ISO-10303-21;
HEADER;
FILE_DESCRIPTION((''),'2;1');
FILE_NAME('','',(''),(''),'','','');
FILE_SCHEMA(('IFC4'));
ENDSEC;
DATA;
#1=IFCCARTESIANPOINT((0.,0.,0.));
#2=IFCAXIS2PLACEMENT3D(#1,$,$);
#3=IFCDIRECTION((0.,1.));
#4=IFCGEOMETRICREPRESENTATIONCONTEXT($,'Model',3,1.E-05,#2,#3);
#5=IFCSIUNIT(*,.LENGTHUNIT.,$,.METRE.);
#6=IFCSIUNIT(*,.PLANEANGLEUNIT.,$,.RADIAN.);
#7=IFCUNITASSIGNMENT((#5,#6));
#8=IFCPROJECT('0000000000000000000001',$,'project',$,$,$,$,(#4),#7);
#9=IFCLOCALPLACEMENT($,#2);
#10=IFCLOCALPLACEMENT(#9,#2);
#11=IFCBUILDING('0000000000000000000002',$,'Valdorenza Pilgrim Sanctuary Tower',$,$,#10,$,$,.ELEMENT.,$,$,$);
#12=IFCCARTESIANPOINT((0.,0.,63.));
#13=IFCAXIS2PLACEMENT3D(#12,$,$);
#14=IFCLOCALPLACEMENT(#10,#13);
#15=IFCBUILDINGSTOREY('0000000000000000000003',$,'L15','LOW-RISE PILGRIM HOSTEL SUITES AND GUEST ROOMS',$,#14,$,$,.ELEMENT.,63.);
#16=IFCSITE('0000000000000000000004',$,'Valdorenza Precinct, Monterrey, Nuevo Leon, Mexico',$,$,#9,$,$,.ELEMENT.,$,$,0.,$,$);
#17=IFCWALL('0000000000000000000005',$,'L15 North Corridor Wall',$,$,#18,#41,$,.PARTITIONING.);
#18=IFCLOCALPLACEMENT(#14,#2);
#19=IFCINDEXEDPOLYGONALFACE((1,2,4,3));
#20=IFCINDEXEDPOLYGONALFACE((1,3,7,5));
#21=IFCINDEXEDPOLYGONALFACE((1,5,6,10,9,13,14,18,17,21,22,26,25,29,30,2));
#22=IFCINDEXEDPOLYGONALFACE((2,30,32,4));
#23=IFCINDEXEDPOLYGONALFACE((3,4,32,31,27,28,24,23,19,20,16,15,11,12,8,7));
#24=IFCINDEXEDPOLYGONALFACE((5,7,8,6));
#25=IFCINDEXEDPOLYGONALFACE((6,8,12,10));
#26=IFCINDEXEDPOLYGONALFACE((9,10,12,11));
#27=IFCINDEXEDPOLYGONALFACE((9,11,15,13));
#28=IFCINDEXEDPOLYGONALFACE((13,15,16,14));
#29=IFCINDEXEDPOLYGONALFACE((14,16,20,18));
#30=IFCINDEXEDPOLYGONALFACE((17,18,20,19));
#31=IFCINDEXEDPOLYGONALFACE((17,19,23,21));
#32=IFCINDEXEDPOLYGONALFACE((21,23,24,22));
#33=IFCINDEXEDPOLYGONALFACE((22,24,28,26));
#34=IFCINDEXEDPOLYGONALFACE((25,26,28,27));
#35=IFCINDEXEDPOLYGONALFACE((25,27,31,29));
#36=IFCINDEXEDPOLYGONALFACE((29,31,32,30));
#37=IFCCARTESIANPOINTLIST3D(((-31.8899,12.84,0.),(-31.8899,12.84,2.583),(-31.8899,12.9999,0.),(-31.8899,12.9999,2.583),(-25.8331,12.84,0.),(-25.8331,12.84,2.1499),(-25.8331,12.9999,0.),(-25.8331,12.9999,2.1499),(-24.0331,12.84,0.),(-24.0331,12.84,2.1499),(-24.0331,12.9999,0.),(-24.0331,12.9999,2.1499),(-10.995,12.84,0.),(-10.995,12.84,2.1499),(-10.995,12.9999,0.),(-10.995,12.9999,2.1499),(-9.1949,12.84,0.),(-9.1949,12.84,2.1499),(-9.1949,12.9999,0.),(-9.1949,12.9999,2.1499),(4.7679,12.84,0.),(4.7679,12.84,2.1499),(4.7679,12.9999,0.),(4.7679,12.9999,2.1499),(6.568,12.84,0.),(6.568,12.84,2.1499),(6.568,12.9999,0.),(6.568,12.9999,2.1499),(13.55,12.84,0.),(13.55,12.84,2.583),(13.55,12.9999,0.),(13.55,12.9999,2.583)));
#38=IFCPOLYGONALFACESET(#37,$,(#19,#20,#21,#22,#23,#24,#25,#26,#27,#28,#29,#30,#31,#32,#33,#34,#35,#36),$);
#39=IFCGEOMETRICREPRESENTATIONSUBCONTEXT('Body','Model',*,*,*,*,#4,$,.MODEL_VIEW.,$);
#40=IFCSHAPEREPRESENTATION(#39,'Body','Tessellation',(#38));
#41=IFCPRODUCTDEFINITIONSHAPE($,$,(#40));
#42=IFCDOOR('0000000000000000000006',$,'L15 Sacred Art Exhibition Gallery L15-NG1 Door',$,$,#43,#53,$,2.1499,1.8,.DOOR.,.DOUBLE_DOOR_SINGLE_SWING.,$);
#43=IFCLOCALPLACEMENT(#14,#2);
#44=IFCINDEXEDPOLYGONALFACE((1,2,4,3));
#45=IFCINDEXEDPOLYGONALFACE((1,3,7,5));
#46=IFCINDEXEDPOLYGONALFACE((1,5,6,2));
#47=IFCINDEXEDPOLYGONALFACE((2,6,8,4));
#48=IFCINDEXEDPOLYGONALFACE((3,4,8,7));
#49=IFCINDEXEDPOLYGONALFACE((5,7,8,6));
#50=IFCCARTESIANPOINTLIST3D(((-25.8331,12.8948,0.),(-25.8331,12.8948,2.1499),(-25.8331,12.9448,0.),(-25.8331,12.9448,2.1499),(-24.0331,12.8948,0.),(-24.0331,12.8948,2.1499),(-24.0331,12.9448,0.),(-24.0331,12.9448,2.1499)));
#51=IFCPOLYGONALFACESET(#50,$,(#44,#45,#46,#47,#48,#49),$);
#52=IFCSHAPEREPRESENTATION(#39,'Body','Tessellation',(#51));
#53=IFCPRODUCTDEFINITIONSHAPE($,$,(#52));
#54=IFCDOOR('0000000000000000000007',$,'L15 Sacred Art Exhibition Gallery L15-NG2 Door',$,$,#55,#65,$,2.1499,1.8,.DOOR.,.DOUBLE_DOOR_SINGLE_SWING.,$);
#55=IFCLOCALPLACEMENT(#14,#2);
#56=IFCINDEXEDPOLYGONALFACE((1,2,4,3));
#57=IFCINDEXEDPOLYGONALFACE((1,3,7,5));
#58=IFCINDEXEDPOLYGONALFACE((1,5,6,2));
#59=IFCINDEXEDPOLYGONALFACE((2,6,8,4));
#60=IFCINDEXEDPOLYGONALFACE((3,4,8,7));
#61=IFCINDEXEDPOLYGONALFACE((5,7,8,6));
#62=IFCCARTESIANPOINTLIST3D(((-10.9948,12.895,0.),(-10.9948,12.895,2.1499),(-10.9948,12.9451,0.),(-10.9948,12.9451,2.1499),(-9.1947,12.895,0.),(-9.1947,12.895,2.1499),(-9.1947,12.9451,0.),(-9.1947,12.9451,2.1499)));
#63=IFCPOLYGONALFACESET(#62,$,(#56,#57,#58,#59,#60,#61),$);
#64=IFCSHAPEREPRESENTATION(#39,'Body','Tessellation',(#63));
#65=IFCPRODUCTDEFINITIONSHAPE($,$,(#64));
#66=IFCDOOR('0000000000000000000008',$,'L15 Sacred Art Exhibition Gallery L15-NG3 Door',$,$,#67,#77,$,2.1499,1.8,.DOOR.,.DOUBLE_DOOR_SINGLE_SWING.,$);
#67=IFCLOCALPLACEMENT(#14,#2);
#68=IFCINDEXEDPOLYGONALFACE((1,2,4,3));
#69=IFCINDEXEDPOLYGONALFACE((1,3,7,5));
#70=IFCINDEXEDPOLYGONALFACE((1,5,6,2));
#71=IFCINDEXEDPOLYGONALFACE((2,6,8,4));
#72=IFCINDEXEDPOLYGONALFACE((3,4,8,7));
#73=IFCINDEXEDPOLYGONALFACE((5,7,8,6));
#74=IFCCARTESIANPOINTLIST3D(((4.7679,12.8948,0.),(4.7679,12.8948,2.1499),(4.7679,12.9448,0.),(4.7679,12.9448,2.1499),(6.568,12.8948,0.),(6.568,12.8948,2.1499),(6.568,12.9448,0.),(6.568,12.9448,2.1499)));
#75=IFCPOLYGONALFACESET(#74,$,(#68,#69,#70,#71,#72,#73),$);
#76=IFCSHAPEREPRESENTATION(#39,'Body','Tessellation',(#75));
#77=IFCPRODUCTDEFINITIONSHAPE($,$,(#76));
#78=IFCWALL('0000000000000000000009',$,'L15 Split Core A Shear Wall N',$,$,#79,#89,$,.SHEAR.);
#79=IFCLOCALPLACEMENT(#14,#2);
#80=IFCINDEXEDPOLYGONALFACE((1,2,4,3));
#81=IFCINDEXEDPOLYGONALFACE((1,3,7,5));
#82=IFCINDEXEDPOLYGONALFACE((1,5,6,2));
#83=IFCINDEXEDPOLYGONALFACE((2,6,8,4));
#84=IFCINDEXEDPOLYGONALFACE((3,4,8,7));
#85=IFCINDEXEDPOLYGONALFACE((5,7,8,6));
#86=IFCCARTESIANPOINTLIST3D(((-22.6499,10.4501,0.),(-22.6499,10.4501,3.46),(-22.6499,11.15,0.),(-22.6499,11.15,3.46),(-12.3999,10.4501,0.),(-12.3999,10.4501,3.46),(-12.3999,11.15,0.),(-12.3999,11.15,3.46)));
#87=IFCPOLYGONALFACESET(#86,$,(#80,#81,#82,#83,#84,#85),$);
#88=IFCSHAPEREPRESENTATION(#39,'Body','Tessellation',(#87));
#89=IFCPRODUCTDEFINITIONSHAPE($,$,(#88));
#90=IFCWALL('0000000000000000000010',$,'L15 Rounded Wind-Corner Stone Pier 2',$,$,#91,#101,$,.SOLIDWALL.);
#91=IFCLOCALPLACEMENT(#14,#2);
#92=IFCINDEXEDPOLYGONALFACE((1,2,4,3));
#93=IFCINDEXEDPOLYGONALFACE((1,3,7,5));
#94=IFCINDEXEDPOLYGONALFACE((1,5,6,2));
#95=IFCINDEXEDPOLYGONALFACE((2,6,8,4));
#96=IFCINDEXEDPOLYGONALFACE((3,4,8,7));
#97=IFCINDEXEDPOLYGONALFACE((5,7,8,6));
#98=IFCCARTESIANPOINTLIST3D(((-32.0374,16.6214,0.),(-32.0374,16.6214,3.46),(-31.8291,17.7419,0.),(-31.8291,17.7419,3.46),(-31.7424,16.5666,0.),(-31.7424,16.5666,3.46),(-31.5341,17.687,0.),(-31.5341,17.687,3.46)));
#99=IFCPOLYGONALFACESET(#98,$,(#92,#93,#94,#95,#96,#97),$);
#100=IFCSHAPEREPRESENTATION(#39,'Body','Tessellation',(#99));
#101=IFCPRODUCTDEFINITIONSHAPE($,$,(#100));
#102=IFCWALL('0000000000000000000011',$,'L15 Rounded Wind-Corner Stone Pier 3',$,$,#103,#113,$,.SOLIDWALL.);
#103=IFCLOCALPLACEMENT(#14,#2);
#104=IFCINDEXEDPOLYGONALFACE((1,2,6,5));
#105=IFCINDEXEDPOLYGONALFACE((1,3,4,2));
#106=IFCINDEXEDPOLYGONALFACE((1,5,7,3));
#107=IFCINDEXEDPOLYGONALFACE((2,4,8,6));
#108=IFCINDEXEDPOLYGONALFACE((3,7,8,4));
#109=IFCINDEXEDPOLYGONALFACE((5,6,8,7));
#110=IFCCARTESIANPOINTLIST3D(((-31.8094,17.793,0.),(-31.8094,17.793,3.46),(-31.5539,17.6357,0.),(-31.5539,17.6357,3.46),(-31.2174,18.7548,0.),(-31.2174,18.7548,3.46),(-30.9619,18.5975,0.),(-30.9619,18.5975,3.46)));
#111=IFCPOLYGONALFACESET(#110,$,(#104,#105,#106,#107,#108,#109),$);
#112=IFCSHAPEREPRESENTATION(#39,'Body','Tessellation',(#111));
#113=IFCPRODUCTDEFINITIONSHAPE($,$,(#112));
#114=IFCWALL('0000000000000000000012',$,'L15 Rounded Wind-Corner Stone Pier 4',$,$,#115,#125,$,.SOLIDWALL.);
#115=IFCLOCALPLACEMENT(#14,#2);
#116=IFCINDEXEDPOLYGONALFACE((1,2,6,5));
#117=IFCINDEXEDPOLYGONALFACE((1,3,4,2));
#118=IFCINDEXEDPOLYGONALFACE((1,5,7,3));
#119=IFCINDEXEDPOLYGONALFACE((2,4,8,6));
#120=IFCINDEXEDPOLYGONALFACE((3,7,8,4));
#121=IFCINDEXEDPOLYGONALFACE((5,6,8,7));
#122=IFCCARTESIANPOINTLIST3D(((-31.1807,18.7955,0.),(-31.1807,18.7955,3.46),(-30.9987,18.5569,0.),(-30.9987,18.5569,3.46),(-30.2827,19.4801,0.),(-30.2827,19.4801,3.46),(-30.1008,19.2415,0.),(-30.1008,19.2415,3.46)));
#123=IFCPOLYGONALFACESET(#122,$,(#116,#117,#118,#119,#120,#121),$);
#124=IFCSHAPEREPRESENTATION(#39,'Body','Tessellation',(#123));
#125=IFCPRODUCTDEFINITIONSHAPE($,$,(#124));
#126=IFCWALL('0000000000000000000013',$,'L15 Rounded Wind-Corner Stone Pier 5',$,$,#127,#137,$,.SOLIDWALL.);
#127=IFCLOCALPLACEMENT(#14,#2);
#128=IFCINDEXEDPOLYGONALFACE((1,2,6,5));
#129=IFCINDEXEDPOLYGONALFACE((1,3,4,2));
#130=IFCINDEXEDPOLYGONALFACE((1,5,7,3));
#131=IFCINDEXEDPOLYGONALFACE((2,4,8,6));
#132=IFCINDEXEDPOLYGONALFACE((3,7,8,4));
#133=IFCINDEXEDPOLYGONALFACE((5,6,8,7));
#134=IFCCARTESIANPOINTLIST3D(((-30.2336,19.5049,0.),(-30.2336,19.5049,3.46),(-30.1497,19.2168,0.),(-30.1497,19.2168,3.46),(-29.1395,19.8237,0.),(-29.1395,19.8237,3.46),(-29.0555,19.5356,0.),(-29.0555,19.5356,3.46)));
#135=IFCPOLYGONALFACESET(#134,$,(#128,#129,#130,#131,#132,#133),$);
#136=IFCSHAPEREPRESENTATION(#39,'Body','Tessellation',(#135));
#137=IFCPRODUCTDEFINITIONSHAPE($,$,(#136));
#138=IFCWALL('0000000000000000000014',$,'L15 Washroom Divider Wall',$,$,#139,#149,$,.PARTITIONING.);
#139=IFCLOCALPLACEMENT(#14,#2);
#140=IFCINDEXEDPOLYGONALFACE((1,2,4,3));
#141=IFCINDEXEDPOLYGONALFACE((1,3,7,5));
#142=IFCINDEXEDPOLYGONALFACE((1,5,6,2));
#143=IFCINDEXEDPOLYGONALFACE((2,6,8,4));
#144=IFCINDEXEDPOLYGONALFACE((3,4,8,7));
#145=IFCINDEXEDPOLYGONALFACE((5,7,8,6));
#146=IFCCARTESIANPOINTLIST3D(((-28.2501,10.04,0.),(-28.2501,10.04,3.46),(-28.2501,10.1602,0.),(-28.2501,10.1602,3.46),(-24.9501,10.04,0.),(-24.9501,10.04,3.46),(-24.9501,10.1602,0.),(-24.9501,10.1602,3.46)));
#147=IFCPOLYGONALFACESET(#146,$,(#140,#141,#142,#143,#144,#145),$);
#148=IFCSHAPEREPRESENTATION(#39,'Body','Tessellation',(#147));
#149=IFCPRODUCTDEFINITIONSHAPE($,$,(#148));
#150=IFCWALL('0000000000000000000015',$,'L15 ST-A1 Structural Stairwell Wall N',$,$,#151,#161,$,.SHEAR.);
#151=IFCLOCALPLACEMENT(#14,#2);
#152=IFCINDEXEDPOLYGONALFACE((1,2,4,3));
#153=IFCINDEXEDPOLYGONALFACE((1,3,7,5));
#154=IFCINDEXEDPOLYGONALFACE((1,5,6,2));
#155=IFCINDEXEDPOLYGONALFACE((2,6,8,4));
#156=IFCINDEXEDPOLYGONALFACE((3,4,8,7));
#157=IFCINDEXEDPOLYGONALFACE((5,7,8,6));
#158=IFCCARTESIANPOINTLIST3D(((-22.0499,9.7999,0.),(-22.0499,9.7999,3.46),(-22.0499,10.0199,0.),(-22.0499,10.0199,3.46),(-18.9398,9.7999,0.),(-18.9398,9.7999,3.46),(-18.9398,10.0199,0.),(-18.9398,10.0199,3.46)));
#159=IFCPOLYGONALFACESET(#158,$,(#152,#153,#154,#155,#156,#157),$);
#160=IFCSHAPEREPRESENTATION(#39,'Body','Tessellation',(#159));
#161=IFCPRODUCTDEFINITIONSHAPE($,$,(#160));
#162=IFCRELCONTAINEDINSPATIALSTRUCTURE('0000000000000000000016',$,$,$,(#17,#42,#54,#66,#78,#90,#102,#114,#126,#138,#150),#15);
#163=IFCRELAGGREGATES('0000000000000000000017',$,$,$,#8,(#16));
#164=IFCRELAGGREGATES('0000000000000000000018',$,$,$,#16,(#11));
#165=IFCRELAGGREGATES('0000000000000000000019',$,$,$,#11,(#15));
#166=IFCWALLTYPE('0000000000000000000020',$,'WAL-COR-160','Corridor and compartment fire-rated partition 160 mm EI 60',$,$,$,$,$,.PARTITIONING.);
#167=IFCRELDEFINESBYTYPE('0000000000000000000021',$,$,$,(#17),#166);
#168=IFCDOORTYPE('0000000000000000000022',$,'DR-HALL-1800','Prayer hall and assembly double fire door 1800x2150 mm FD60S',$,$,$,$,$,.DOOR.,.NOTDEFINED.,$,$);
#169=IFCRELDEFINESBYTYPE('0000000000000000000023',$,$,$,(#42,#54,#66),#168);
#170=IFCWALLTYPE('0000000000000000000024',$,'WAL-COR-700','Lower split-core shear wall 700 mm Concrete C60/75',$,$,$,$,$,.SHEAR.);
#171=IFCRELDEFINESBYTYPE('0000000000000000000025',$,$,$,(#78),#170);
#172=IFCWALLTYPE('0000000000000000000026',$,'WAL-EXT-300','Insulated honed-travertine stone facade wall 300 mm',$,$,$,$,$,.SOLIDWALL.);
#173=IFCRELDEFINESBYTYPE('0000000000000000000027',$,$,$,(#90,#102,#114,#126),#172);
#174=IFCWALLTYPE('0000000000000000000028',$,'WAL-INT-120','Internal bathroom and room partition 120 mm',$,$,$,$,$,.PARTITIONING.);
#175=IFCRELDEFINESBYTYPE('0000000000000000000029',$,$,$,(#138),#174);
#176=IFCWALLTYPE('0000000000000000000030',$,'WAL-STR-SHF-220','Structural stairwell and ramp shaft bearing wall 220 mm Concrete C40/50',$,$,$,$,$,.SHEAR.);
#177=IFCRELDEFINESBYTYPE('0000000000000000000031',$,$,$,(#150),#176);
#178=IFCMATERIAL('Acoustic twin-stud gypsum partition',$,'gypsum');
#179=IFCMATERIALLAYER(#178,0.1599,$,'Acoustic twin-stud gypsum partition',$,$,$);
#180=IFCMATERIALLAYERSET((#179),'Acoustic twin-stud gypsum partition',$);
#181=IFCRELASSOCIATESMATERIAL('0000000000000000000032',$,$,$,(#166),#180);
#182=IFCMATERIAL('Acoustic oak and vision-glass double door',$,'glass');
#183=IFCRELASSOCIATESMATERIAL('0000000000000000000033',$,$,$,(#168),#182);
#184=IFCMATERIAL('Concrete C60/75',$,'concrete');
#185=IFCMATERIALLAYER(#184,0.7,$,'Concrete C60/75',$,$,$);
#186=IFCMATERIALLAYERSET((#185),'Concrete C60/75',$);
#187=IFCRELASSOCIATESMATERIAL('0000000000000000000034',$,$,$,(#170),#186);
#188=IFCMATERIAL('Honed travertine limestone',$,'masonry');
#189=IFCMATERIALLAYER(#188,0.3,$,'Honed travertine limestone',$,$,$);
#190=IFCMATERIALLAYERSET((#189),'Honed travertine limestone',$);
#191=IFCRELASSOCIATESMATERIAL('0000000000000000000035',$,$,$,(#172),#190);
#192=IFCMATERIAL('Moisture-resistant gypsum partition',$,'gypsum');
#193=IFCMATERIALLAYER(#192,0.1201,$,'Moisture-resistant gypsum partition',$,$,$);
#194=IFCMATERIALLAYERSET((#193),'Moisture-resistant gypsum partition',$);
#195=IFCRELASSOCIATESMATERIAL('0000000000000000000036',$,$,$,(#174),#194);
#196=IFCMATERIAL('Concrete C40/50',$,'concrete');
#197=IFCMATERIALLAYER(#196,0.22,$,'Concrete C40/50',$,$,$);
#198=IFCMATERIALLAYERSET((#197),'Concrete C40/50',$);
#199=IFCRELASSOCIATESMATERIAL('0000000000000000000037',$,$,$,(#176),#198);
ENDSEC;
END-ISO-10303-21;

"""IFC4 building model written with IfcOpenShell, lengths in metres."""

from ifc_helpers import new_model, si_unit, direction, frame, frame_2d, origin, place, context, subcontext, project, spatial, rectangle, extrude, material, layer, layer_set, type_object, element, fill, save


model = new_model("IFC4")

# Units and contexts
model_context = context("Model", 3, precision=1e-05, world=origin(), true_north=direction((0.0, 1.0)))
body_context = subcontext(model_context, "Body", "Model", "MODEL_VIEW")
ifc_project = project(units=[si_unit("LENGTHUNIT", "METRE"), si_unit("PLANEANGLEUNIT", "RADIAN")], contexts=[model_context])

# Site, building, storey
site_placement = place(None, origin())
site = spatial("IfcSite", under=ifc_project, at=site_placement, Name="Valdorenza Precinct, Monterrey, Nuevo Leon, Mexico", CompositionType="ELEMENT", RefElevation=0.0)
building_placement = place(site_placement, origin())
building = spatial("IfcBuilding", under=site, at=building_placement, Name="Valdorenza Pilgrim Sanctuary Tower", CompositionType="ELEMENT")
storey_placement = place(building_placement, frame((0.0, 0.0, 63.0)))
storey = spatial("IfcBuildingStorey", under=building, at=storey_placement, Name="L15", Description="LOW-RISE PILGRIM HOSTEL SUITES AND GUEST ROOMS", CompositionType="ELEMENT", Elevation=63.0)

# Shared definitions
ifc_material_1 = material(Name="Concrete C60/75", Category="concrete")

# Shared definitions
ifc_material_2 = material(Name="Honed travertine limestone", Category="masonry")

# Shared definitions
ifc_material_3 = material(Name="Acoustic twin-stud gypsum partition", Category="gypsum")
ifc_layer_1 = layer(ifc_material_3, 0.1599, Name="Acoustic twin-stud gypsum partition")
ifc_layer_set_1 = layer_set([ifc_layer_1], Name="Acoustic twin-stud gypsum partition")
wall_type_1 = type_object("IfcWallType", Name="WAL-COR-160", Description="Corridor and compartment fire-rated partition 160 mm EI 60", PredefinedType="PARTITIONING", material=ifc_layer_set_1)

# Wall, openings, doors
wall_1_placement = place(storey_placement, frame((-31.8899, 12.9199, 0.0), z_axis=(0.0, 0.0, 1.0), x_axis=(1.0, 0.0, 0.0)))
wall_1 = element("IfcWall", 1, at=wall_1_placement, inside=storey, type_object=wall_type_1, Name="L15 North Corridor Wall", PredefinedType="PARTITIONING", context=body_context, shape_type="SweptSolid", body=[
    extrude(rectangle(XDim=45.4399, YDim=0.1599, at=frame_2d((22.72, 0.0))), origin(), (0.0, 0.0, 1.0), 2.583),
])
opening_1_placement = place(wall_1_placement, frame((6.0569, 0.0, 0.0)))
opening_1 = element("IfcOpeningElement", 2, at=opening_1_placement, cuts=wall_1, PredefinedType="OPENING", context=body_context, shape_type="SweptSolid", body=[
    extrude(rectangle(XDim=1.8, YDim=2.1499, at=frame_2d((0.8999, 1.075))), frame((0.0, 0.0947, 0.0), z_axis=(0.0, -1.0, 0.0), x_axis=(1.0, 0.0, 0.0)), (0.0, 0.0, 1.0), 0.1897),
])
opening_2_placement = place(wall_1_placement, frame((20.895, 0.0, 0.0)))
opening_2 = element("IfcOpeningElement", 3, at=opening_2_placement, cuts=wall_1, PredefinedType="OPENING", context=body_context, shape_type="SweptSolid", body=[
    extrude(rectangle(XDim=1.8, YDim=2.1499, at=frame_2d((0.8999, 1.075))), frame((0.0, 0.0947, 0.0), z_axis=(0.0, -1.0, 0.0), x_axis=(1.0, 0.0, 0.0)), (0.0, 0.0, 1.0), 0.1897),
])
opening_3_placement = place(wall_1_placement, frame((36.658, 0.0, 0.0)))
opening_3 = element("IfcOpeningElement", 4, at=opening_3_placement, cuts=wall_1, PredefinedType="OPENING", context=body_context, shape_type="SweptSolid", body=[
    extrude(rectangle(XDim=1.8, YDim=2.1499, at=frame_2d((0.8999, 1.075))), frame((0.0, 0.0947, 0.0), z_axis=(0.0, -1.0, 0.0), x_axis=(1.0, 0.0, 0.0)), (0.0, 0.0, 1.0), 0.1897),
])
ifc_material_4 = material(Name="Acoustic oak and vision-glass double door", Category="glass")
door_type = type_object("IfcDoorType", Name="DR-HALL-1800", Description="Prayer hall and assembly double fire door 1800x2150 mm FD60S", OperationType="NOTDEFINED", PredefinedType="DOOR", material=ifc_material_4)
door_1_placement = place(opening_1_placement, origin())
door_1 = element("IfcDoor", 5, at=door_1_placement, inside=storey, type_object=door_type, Name="L15 Sacred Art Exhibition Gallery L15-NG1 Door", OperationType="DOUBLE_DOOR_SINGLE_SWING", OverallHeight=2.1499, OverallWidth=1.8, PredefinedType="DOOR", context=body_context, shape_type="SweptSolid", body=[
    extrude(rectangle(XDim=1.8, YDim=2.1499, at=frame_2d((0.8999, 1.075))), frame((0.0, 0.0249, 0.0), z_axis=(0.0, -1.0, 0.0), x_axis=(1.0, 0.0, 0.0)), (0.0, 0.0, 1.0), 0.05),
])
fill(opening_1, door_1)
door_2_placement = place(opening_2_placement, frame((1.8, 0.0, 0.0), z_axis=(0.0, 0.0, 1.0), x_axis=(-1.0, 0.0, 0.0)))
door_2 = element("IfcDoor", 6, at=door_2_placement, inside=storey, type_object=door_type, Name="L15 Sacred Art Exhibition Gallery L15-NG2 Door", OperationType="DOUBLE_DOOR_SINGLE_SWING", OverallHeight=2.1499, OverallWidth=1.8, PredefinedType="DOOR", context=body_context, shape_type="SweptSolid", body=[
    extrude(rectangle(XDim=1.8, YDim=2.1499, at=frame_2d((0.8999, 1.075))), frame((0.0, 0.0249, 0.0), z_axis=(0.0, -1.0, 0.0), x_axis=(1.0, 0.0, 0.0)), (0.0, 0.0, 1.0), 0.05),
])
fill(opening_2, door_2)
door_3_placement = place(opening_3_placement, origin())
door_3 = element("IfcDoor", 7, at=door_3_placement, inside=storey, type_object=door_type, Name="L15 Sacred Art Exhibition Gallery L15-NG3 Door", OperationType="DOUBLE_DOOR_SINGLE_SWING", OverallHeight=2.1499, OverallWidth=1.8, PredefinedType="DOOR", context=body_context, shape_type="SweptSolid", body=[
    extrude(rectangle(XDim=1.8, YDim=2.1499, at=frame_2d((0.8999, 1.075))), frame((0.0, 0.0249, 0.0), z_axis=(0.0, -1.0, 0.0), x_axis=(1.0, 0.0, 0.0)), (0.0, 0.0, 1.0), 0.05),
])
fill(opening_3, door_3)

# Walls
ifc_layer_2 = layer(ifc_material_1, 0.7, Name="Concrete C60/75")
ifc_layer_set_2 = layer_set([ifc_layer_2], Name="Concrete C60/75")
wall_type_2 = type_object("IfcWallType", Name="WAL-COR-700", Description="Lower split-core shear wall 700 mm Concrete C60/75", PredefinedType="SHEAR", material=ifc_layer_set_2)
wall_2_placement = place(storey_placement, frame((-22.6499, 10.8, 0.0), z_axis=(0.0, 0.0, 1.0), x_axis=(1.0, 0.0, 0.0)))
element("IfcWall", 8, at=wall_2_placement, inside=storey, type_object=wall_type_2, Name="L15 Split Core A Shear Wall N", PredefinedType="SHEAR", context=body_context, shape_type="SweptSolid", body=[
    extrude(rectangle(XDim=10.25, YDim=0.7, at=frame_2d((5.125, 0.0))), origin(), (0.0, 0.0, 1.0), 3.46),
])
ifc_layer_3 = layer(ifc_material_2, 0.3, Name="Honed travertine limestone")
ifc_layer_set_3 = layer_set([ifc_layer_3], Name="Honed travertine limestone")
wall_type_3 = type_object("IfcWallType", Name="WAL-EXT-300", Description="Insulated honed-travertine stone facade wall 300 mm", PredefinedType="SOLIDWALL", material=ifc_layer_set_3)
wall_3_placement = place(storey_placement, frame((-31.8899, 16.594, 0.0), z_axis=(0.0, 0.0, 1.0), x_axis=(0.182749, 0.98316, 0.0)))
element("IfcWall", 9, at=wall_3_placement, inside=storey, type_object=wall_type_3, Name="L15 Rounded Wind-Corner Stone Pier 2", PredefinedType="SOLIDWALL", context=body_context, shape_type="SweptSolid", body=[
    extrude(rectangle(XDim=1.1396, YDim=0.3, at=frame_2d((0.5698, 0.0))), origin(), (0.0, 0.0, 1.0), 3.46),
])
wall_4_placement = place(storey_placement, frame((-31.6816, 17.7144, 0.0), z_axis=(0.0, 0.0, 1.0), x_axis=(0.524158, 0.851621, 0.0)))
element("IfcWall", 10, at=wall_4_placement, inside=storey, type_object=wall_type_3, Name="L15 Rounded Wind-Corner Stone Pier 3", PredefinedType="SOLIDWALL", context=body_context, shape_type="SweptSolid", body=[
    extrude(rectangle(XDim=1.1294, YDim=0.3, at=frame_2d((0.5647, 0.0))), origin(), (0.0, 0.0, 1.0), 3.46),
])
wall_5_placement = place(storey_placement, frame((-31.0896, 18.6763, 0.0), z_axis=(0.0, 0.0, 1.0), x_axis=(0.795253, 0.606278, 0.0)))
element("IfcWall", 11, at=wall_5_placement, inside=storey, type_object=wall_type_3, Name="L15 Rounded Wind-Corner Stone Pier 4", PredefinedType="SOLIDWALL", context=body_context, shape_type="SweptSolid", body=[
    extrude(rectangle(XDim=1.1292, YDim=0.3, at=frame_2d((0.5645, 0.0))), origin(), (0.0, 0.0, 1.0), 3.46),
])
wall_6_placement = place(storey_placement, frame((-30.1917, 19.3608, 0.0), z_axis=(0.0, 0.0, 1.0), x_axis=(0.960072, 0.279753, 0.0)))
element("IfcWall", 12, at=wall_6_placement, inside=storey, type_object=wall_type_3, Name="L15 Rounded Wind-Corner Stone Pier 5", PredefinedType="SOLIDWALL", context=body_context, shape_type="SweptSolid", body=[
    extrude(rectangle(XDim=1.1396, YDim=0.3, at=frame_2d((0.5698, 0.0))), origin(), (0.0, 0.0, 1.0), 3.46),
])
ifc_material_5 = material(Name="Moisture-resistant gypsum partition", Category="gypsum")
ifc_layer_4 = layer(ifc_material_5, 0.1201, Name="Moisture-resistant gypsum partition")
ifc_layer_set_4 = layer_set([ifc_layer_4], Name="Moisture-resistant gypsum partition")
wall_type_4 = type_object("IfcWallType", Name="WAL-INT-120", Description="Internal bathroom and room partition 120 mm", PredefinedType="PARTITIONING", material=ifc_layer_set_4)
wall_7_placement = place(storey_placement, frame((-28.25, 10.1001, 0.0), z_axis=(0.0, 0.0, 1.0), x_axis=(1.0, 0.0, 0.0)))
element("IfcWall", 13, at=wall_7_placement, inside=storey, type_object=wall_type_4, Name="L15 Washroom Divider Wall", PredefinedType="PARTITIONING", context=body_context, shape_type="SweptSolid", body=[
    extrude(rectangle(XDim=3.3, YDim=0.1201, at=frame_2d((1.6499, 0.0))), origin(), (0.0, 0.0, 1.0), 3.46),
])
ifc_material_6 = material(Name="Concrete C40/50", Category="concrete")
ifc_layer_5 = layer(ifc_material_6, 0.22, Name="Concrete C40/50")
ifc_layer_set_5 = layer_set([ifc_layer_5], Name="Concrete C40/50")
wall_type_5 = type_object("IfcWallType", Name="WAL-STR-SHF-220", Description="Structural stairwell and ramp shaft bearing wall 220 mm Concrete C40/50", PredefinedType="SHEAR", material=ifc_layer_set_5)
wall_8_placement = place(storey_placement, frame((-22.05, 9.9099, 0.0), z_axis=(0.0, 0.0, 1.0), x_axis=(1.0, 0.0, 0.0)))
element("IfcWall", 14, at=wall_8_placement, inside=storey, type_object=wall_type_5, Name="L15 ST-A1 Structural Stairwell Wall N", PredefinedType="SHEAR", context=body_context, shape_type="SweptSolid", body=[
    extrude(rectangle(XDim=3.1101, YDim=0.22, at=frame_2d((1.5552, 0.0))), origin(), (0.0, 0.0, 1.0), 3.46),
])

save(model, "model.ifc")
